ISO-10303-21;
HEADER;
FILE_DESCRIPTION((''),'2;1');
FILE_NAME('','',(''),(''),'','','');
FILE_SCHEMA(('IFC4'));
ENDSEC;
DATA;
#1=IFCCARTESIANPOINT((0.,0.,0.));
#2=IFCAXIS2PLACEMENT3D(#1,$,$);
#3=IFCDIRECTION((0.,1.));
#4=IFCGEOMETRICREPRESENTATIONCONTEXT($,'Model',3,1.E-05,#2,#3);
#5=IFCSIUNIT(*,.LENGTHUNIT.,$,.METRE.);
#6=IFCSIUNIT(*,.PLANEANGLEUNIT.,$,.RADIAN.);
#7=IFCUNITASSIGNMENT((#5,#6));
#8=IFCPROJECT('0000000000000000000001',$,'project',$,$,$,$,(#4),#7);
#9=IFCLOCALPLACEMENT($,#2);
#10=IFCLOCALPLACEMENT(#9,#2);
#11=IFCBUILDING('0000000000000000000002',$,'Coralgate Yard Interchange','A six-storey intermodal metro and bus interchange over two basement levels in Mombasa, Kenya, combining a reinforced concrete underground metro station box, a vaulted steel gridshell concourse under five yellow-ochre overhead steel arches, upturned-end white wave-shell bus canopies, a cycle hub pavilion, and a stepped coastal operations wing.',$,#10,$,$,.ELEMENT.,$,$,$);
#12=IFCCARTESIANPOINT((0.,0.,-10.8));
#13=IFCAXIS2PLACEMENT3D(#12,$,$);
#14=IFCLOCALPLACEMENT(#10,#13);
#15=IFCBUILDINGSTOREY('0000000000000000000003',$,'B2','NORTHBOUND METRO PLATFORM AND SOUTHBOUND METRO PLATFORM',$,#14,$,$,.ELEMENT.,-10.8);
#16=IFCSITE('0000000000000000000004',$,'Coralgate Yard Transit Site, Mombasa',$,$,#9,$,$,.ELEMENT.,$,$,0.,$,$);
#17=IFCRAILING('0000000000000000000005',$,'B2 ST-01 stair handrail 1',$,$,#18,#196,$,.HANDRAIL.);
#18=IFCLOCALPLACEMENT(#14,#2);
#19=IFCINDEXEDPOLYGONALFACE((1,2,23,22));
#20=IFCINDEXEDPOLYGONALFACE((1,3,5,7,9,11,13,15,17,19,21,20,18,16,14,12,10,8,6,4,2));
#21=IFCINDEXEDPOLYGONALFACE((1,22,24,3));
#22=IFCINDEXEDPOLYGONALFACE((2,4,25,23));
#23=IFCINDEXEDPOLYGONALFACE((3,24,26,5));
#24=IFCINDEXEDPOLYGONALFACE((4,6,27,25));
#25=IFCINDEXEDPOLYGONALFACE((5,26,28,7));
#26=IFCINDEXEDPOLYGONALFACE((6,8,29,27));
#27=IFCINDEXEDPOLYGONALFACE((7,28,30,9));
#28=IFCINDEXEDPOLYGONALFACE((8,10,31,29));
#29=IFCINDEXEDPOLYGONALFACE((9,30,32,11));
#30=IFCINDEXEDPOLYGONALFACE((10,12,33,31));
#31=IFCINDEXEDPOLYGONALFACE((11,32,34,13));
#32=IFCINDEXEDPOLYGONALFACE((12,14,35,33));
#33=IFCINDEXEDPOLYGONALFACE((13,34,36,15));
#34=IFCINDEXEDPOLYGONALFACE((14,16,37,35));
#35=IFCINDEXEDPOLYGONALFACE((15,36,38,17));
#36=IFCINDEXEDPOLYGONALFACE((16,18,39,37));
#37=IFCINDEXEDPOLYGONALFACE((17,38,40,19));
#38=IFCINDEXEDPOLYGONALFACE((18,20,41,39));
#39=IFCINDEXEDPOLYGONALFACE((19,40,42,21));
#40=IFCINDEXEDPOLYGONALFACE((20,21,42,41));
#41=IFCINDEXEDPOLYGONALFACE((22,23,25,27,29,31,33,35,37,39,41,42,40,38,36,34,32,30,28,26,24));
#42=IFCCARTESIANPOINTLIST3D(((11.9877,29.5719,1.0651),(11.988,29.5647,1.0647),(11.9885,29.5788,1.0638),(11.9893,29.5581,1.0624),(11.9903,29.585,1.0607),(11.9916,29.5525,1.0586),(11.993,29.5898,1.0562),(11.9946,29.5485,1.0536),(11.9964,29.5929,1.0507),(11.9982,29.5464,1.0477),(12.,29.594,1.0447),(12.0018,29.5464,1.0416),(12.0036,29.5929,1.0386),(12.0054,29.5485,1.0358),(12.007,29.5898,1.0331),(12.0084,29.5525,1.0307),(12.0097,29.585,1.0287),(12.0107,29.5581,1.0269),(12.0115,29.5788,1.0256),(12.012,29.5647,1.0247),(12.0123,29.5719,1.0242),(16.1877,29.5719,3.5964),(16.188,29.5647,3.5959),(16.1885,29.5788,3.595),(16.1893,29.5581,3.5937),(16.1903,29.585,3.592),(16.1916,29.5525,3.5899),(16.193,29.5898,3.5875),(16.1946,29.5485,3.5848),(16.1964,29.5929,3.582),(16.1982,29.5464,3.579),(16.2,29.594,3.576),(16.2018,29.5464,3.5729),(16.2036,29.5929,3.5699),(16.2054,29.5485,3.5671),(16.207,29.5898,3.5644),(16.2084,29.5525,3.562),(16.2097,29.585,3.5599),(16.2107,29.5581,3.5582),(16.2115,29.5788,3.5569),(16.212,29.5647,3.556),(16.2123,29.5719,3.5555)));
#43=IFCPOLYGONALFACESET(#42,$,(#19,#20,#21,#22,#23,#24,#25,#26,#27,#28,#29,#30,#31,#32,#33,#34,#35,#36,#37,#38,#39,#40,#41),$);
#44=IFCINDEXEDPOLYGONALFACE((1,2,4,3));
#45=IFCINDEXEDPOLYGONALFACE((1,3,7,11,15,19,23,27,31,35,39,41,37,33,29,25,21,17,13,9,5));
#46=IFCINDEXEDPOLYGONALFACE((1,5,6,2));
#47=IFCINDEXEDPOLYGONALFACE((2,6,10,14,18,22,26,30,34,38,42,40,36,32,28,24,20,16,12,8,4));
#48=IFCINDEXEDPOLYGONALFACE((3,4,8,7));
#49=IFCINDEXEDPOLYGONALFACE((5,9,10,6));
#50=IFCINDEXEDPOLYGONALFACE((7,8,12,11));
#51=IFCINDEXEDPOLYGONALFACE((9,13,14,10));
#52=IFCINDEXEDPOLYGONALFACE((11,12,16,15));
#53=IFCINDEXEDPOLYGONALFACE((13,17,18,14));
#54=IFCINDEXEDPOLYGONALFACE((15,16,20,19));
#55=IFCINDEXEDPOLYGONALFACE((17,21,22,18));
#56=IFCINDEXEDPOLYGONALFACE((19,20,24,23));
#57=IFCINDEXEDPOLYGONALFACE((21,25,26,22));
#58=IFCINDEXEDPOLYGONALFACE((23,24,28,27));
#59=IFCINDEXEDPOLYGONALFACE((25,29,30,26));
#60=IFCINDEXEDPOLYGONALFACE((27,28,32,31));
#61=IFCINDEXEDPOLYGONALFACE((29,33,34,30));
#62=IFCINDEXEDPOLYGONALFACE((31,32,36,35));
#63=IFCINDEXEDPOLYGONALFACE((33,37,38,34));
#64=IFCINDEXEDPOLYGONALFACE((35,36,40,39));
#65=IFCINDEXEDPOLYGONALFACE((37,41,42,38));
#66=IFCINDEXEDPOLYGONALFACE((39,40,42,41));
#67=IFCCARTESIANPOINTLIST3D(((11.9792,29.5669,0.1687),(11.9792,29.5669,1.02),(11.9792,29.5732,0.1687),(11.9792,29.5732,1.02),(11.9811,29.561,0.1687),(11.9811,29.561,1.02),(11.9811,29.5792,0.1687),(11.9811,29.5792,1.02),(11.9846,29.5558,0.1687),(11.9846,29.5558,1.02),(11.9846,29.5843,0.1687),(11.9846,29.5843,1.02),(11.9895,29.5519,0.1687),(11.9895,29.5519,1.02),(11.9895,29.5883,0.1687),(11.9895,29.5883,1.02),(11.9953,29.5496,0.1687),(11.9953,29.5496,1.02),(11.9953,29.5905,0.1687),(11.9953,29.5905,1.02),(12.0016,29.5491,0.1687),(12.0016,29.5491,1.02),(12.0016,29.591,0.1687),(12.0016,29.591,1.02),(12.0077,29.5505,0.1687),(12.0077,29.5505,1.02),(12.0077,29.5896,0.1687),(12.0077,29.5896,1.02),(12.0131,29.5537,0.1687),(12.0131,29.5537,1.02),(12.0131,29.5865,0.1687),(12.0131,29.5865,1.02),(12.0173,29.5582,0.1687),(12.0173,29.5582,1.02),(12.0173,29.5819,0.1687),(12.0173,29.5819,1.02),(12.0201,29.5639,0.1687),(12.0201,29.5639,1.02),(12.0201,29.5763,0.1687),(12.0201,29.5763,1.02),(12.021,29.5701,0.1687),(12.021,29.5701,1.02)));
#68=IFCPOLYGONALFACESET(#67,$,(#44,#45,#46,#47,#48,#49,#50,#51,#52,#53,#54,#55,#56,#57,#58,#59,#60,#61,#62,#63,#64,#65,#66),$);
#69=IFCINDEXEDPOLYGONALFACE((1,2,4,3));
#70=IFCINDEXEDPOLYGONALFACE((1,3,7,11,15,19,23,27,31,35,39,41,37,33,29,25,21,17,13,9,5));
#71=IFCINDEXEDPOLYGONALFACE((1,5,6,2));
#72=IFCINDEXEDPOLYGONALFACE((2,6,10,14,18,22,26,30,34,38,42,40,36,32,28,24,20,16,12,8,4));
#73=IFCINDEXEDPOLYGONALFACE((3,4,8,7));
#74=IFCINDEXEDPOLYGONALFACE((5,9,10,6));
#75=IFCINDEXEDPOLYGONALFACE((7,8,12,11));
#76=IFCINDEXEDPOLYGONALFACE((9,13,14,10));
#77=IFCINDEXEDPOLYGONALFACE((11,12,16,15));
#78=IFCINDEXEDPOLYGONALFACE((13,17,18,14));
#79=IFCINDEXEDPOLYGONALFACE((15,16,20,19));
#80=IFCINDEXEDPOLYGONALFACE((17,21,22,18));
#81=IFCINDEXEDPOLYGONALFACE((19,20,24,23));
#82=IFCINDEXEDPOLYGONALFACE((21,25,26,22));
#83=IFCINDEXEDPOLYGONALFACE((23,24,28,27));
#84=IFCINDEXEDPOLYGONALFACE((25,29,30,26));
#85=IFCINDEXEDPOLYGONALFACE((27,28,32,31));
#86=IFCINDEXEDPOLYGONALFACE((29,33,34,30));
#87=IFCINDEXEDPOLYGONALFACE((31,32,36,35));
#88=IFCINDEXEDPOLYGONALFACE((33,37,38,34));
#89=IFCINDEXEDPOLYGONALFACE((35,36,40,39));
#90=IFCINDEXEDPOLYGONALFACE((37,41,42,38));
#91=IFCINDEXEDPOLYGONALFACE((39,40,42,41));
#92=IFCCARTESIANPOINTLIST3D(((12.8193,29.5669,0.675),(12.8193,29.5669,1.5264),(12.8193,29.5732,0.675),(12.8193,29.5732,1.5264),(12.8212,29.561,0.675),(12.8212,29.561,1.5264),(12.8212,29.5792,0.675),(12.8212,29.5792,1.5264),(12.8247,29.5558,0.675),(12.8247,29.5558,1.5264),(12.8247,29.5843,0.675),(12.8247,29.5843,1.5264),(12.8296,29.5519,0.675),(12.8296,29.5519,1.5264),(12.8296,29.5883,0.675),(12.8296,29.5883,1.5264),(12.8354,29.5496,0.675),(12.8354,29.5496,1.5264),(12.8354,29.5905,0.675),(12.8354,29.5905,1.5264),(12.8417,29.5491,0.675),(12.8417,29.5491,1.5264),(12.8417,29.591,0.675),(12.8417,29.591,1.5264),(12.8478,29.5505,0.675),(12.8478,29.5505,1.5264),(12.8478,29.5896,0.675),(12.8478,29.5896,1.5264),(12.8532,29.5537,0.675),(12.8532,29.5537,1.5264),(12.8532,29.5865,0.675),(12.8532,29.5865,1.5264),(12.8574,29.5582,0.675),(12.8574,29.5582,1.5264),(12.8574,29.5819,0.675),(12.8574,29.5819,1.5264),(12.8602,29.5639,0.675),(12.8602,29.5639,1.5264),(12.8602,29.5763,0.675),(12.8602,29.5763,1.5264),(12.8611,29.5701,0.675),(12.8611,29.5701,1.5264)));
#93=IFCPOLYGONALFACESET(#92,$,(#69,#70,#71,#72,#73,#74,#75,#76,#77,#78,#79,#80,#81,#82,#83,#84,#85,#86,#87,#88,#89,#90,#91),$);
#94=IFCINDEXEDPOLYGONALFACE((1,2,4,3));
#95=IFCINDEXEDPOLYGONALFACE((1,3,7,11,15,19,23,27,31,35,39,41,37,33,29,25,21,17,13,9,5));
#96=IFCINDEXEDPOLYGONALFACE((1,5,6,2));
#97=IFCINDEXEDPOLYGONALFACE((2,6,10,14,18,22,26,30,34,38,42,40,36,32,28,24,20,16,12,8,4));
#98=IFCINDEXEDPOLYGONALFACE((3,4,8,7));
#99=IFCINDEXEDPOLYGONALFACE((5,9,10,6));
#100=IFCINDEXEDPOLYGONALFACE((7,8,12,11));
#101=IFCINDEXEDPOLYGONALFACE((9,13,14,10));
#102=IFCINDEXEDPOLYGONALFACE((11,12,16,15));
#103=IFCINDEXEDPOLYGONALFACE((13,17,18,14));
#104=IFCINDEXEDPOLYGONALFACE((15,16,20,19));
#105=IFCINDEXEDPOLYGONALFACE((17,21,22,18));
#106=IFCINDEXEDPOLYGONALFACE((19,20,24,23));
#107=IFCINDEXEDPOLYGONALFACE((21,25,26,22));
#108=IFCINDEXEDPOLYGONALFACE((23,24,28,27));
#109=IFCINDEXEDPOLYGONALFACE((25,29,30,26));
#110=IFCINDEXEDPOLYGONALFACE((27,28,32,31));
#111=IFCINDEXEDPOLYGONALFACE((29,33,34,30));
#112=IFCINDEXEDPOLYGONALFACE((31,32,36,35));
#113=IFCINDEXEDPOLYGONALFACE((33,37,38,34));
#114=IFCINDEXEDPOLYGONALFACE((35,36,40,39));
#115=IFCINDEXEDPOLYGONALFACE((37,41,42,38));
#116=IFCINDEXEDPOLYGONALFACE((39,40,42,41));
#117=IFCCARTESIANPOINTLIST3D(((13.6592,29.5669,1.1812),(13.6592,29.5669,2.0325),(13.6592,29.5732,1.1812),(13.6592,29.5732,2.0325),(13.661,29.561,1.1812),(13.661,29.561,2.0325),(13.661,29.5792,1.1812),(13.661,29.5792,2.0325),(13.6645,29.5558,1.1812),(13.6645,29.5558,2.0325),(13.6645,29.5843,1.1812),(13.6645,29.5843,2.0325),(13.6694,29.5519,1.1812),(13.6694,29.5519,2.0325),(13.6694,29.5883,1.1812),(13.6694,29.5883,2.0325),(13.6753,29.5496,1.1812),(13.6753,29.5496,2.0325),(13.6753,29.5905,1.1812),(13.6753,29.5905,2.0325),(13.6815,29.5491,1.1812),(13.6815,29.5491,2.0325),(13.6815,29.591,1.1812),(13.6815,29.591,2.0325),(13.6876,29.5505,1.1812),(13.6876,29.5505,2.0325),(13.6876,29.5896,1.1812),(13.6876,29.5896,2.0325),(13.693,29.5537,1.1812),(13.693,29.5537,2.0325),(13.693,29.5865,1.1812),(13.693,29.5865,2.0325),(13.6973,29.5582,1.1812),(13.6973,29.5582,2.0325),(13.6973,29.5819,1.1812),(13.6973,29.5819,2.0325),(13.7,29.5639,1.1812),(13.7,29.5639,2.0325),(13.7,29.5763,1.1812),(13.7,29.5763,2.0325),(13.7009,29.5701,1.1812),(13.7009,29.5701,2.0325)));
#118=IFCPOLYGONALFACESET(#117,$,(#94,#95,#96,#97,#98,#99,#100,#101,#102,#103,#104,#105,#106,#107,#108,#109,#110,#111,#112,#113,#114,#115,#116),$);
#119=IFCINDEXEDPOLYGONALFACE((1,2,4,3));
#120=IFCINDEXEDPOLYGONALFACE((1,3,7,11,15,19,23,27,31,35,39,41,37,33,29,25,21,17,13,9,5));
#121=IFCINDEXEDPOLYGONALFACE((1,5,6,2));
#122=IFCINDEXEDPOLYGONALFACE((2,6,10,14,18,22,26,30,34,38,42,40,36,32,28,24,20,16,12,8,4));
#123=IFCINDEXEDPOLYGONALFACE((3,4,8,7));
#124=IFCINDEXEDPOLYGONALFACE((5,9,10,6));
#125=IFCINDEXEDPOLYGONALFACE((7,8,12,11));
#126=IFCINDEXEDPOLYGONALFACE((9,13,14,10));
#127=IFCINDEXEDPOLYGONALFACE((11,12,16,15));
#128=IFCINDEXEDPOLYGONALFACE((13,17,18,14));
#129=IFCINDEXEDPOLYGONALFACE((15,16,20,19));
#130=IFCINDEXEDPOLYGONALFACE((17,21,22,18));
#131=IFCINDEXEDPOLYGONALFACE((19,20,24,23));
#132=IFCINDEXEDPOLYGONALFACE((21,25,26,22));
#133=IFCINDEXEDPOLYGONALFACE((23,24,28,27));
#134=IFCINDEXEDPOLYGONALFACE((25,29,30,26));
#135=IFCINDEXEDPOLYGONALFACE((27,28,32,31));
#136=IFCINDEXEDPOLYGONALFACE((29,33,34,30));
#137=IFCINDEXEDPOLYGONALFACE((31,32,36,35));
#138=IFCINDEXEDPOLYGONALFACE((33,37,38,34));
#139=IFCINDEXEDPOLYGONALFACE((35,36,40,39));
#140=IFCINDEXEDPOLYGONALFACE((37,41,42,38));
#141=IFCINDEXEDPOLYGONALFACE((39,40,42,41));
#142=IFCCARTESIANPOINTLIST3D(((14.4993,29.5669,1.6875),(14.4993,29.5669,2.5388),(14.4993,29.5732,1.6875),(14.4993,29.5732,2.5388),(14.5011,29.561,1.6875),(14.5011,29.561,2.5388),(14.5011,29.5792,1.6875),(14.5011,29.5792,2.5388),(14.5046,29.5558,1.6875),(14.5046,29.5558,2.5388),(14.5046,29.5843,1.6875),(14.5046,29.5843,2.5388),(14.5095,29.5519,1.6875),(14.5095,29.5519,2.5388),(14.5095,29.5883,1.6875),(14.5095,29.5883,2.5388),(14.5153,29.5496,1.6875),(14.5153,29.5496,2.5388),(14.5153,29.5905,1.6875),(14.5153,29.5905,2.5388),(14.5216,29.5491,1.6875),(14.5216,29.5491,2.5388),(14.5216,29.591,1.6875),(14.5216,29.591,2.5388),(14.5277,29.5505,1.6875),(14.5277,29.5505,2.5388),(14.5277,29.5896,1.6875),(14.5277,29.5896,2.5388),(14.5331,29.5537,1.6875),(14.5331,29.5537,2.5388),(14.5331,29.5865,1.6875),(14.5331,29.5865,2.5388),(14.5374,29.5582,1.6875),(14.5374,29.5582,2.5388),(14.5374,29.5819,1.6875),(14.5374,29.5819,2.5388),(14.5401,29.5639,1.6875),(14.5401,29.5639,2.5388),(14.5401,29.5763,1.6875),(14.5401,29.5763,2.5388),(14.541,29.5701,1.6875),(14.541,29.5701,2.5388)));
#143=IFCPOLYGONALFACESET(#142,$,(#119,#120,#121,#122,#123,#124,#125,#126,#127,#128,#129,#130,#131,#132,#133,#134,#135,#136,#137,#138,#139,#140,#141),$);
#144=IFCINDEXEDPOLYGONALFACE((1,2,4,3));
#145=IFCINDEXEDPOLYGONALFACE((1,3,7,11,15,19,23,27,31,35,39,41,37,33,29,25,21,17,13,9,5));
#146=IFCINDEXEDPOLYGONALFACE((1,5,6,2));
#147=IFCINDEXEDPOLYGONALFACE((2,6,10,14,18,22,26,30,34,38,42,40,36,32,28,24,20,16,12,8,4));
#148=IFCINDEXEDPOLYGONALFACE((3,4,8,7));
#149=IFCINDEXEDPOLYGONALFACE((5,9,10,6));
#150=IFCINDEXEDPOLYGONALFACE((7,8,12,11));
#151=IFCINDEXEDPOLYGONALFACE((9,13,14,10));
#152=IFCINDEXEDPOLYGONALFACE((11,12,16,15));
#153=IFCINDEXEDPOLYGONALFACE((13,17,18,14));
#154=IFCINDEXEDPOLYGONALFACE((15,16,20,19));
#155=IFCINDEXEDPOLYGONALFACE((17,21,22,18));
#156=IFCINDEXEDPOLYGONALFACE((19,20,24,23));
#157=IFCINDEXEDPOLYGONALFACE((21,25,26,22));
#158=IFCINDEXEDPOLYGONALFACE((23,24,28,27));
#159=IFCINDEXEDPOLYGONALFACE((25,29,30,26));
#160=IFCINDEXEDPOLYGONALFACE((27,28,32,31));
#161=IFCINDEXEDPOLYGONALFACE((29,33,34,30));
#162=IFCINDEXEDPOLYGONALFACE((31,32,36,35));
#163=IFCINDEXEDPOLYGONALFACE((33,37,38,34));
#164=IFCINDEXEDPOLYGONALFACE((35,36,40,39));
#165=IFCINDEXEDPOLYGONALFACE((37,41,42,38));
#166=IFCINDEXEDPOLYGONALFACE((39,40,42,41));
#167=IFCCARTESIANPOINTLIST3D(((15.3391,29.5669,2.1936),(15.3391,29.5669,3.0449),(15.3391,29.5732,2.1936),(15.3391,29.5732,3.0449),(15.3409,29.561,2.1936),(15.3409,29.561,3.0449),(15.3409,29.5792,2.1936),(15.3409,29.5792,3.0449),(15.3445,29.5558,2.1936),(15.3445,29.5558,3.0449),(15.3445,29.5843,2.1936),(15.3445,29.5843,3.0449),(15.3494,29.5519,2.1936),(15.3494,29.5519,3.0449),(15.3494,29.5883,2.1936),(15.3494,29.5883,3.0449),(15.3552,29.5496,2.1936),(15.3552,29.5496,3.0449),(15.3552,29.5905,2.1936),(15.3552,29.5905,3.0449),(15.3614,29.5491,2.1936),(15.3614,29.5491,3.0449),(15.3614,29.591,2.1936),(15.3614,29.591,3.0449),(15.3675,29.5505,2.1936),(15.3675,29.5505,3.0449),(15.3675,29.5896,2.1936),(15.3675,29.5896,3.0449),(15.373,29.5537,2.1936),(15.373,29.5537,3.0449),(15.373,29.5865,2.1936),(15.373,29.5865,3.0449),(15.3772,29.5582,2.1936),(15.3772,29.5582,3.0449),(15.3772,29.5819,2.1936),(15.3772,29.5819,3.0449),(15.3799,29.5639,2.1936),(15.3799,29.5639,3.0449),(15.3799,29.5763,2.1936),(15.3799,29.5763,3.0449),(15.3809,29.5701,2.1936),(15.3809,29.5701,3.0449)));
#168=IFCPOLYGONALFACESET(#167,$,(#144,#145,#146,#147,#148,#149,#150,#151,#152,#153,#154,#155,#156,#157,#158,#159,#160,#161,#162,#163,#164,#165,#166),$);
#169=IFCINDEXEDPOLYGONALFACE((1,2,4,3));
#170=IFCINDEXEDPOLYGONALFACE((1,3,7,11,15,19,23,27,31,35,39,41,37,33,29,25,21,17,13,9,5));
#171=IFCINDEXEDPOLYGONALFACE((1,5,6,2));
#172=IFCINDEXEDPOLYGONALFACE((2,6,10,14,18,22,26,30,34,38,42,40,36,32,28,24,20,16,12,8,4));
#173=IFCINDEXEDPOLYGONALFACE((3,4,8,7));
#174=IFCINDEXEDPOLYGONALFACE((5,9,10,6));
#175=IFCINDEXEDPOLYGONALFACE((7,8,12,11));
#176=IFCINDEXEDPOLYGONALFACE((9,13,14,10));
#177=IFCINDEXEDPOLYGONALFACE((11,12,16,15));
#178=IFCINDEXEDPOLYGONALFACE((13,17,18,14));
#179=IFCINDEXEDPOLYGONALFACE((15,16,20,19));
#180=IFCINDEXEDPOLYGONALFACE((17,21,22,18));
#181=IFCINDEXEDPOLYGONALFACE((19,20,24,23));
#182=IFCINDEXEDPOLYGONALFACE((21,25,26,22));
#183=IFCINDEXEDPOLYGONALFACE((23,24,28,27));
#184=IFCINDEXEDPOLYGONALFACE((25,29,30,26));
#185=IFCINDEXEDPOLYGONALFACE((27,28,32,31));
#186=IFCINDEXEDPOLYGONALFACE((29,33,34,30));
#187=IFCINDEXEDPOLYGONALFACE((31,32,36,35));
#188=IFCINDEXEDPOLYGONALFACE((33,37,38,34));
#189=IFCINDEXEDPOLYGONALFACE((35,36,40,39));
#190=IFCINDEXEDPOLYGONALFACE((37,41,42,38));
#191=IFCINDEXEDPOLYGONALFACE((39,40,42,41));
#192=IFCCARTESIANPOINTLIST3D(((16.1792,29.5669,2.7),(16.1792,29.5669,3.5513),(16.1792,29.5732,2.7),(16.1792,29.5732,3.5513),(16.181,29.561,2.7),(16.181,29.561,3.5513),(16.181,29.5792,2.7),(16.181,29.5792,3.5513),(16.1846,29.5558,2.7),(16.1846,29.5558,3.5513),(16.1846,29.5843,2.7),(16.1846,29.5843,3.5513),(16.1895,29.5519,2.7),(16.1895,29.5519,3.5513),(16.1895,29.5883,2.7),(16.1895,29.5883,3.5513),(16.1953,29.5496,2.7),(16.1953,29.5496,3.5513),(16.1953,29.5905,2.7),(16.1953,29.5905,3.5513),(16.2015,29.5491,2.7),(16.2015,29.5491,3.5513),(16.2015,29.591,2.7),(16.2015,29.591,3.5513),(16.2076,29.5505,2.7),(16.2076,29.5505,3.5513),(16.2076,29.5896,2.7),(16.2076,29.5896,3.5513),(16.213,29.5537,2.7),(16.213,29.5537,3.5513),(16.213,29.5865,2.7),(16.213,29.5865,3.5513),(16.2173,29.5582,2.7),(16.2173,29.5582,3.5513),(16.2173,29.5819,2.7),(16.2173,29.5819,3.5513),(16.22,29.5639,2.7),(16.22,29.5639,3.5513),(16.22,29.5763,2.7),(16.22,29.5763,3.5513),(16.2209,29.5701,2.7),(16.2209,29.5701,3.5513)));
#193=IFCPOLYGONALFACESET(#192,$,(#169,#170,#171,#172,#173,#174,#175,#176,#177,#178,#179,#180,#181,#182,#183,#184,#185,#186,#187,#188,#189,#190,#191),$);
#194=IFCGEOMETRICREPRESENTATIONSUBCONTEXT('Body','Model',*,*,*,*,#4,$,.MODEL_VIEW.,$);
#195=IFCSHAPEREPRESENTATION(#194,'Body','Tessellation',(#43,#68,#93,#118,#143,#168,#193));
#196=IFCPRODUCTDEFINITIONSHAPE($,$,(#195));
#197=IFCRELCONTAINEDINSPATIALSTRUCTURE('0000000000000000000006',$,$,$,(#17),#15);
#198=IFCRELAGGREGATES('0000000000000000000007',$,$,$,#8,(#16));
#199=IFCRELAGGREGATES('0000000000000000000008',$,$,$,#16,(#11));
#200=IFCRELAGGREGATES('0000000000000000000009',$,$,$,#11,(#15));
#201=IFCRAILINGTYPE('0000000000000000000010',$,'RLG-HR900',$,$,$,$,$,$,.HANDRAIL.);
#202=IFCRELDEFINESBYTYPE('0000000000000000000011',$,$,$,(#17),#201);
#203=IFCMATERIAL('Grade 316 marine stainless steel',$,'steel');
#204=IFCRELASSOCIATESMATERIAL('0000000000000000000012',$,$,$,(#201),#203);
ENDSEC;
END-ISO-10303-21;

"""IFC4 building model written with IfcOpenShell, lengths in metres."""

from ifc_helpers import new_model, si_unit, direction, frame, origin, origin_2d, place, context, subcontext, project, spatial, circle, extrude, material, type_object, element, save


model = new_model("IFC4")

# Units and contexts
model_context = context("Model", 3, precision=1e-05, world=origin(), true_north=direction((0.0, 1.0)))
body_context = subcontext(model_context, "Body", "Model", "MODEL_VIEW")
ifc_project = project(units=[si_unit("LENGTHUNIT", "METRE"), si_unit("PLANEANGLEUNIT", "RADIAN")], contexts=[model_context])

# Site, building, storey
site_placement = place(None, origin())
site = spatial("IfcSite", under=ifc_project, at=site_placement, Name="Coralgate Yard Transit Site, Mombasa", CompositionType="ELEMENT", RefElevation=0.0)
building_placement = place(site_placement, origin())
building = spatial("IfcBuilding", under=site, at=building_placement, Name="Coralgate Yard Interchange", Description="A six-storey intermodal metro and bus interchange over two basement levels in Mombasa, Kenya, combining a reinforced concrete underground metro station box, a vaulted steel gridshell concourse under five yellow-ochre overhead steel arches, upturned-end white wave-shell bus canopies, a cycle hub pavilion, and a stepped coastal operations wing.", CompositionType="ELEMENT")
storey_placement = place(building_placement, frame((0.0, 0.0, -10.8)))
storey = spatial("IfcBuildingStorey", under=building, at=storey_placement, Name="B2", Description="NORTHBOUND METRO PLATFORM AND SOUTHBOUND METRO PLATFORM", CompositionType="ELEMENT", Elevation=-10.8)

# Railing
ifc_material_1 = material(Name="Grade 316 marine stainless steel", Category="steel")
railing_type_1 = type_object("IfcRailingType", Name="RLG-HR900", PredefinedType="HANDRAIL", material=ifc_material_1)
railing_1_placement = place(storey_placement, frame((12.0, 29.5701, 0.1687)))
element("IfcRailing", 1, at=railing_1_placement, inside=storey, type_object=railing_type_1, Name="B2 ST-01 stair handrail 1", PredefinedType="HANDRAIL", context=body_context, shape_type="SweptSolid", body=[
    extrude(circle(Radius=0.0239, at=origin_2d()), frame((0.0, 0.0, 0.876), z_axis=(0.856476, 0.0, 0.516186), x_axis=(0.0, 1.0, 0.0)), (0.0, 0.0, 1.0), 4.9038),
    extrude(circle(Radius=0.021, at=origin_2d()), origin(), (0.0, 0.0, 1.0), 0.8513),
    extrude(circle(Radius=0.021, at=origin_2d()), frame((0.8401, 0.0, 0.5063)), (0.0, 0.0, 1.0), 0.8513),
    extrude(circle(Radius=0.021, at=origin_2d()), frame((1.6799, 0.0, 1.0125)), (0.0, 0.0, 1.0), 0.8513),
    extrude(circle(Radius=0.021, at=origin_2d()), frame((2.52, 0.0, 1.5188)), (0.0, 0.0, 1.0), 0.8513),
    extrude(circle(Radius=0.021, at=origin_2d()), frame((3.3599, 0.0, 2.0249)), (0.0, 0.0, 1.0), 0.8513),
    extrude(circle(Radius=0.021, at=origin_2d()), frame((4.2, 0.0, 2.5312)), (0.0, 0.0, 1.0), 0.8513),
])

save(model, "model.ifc")
